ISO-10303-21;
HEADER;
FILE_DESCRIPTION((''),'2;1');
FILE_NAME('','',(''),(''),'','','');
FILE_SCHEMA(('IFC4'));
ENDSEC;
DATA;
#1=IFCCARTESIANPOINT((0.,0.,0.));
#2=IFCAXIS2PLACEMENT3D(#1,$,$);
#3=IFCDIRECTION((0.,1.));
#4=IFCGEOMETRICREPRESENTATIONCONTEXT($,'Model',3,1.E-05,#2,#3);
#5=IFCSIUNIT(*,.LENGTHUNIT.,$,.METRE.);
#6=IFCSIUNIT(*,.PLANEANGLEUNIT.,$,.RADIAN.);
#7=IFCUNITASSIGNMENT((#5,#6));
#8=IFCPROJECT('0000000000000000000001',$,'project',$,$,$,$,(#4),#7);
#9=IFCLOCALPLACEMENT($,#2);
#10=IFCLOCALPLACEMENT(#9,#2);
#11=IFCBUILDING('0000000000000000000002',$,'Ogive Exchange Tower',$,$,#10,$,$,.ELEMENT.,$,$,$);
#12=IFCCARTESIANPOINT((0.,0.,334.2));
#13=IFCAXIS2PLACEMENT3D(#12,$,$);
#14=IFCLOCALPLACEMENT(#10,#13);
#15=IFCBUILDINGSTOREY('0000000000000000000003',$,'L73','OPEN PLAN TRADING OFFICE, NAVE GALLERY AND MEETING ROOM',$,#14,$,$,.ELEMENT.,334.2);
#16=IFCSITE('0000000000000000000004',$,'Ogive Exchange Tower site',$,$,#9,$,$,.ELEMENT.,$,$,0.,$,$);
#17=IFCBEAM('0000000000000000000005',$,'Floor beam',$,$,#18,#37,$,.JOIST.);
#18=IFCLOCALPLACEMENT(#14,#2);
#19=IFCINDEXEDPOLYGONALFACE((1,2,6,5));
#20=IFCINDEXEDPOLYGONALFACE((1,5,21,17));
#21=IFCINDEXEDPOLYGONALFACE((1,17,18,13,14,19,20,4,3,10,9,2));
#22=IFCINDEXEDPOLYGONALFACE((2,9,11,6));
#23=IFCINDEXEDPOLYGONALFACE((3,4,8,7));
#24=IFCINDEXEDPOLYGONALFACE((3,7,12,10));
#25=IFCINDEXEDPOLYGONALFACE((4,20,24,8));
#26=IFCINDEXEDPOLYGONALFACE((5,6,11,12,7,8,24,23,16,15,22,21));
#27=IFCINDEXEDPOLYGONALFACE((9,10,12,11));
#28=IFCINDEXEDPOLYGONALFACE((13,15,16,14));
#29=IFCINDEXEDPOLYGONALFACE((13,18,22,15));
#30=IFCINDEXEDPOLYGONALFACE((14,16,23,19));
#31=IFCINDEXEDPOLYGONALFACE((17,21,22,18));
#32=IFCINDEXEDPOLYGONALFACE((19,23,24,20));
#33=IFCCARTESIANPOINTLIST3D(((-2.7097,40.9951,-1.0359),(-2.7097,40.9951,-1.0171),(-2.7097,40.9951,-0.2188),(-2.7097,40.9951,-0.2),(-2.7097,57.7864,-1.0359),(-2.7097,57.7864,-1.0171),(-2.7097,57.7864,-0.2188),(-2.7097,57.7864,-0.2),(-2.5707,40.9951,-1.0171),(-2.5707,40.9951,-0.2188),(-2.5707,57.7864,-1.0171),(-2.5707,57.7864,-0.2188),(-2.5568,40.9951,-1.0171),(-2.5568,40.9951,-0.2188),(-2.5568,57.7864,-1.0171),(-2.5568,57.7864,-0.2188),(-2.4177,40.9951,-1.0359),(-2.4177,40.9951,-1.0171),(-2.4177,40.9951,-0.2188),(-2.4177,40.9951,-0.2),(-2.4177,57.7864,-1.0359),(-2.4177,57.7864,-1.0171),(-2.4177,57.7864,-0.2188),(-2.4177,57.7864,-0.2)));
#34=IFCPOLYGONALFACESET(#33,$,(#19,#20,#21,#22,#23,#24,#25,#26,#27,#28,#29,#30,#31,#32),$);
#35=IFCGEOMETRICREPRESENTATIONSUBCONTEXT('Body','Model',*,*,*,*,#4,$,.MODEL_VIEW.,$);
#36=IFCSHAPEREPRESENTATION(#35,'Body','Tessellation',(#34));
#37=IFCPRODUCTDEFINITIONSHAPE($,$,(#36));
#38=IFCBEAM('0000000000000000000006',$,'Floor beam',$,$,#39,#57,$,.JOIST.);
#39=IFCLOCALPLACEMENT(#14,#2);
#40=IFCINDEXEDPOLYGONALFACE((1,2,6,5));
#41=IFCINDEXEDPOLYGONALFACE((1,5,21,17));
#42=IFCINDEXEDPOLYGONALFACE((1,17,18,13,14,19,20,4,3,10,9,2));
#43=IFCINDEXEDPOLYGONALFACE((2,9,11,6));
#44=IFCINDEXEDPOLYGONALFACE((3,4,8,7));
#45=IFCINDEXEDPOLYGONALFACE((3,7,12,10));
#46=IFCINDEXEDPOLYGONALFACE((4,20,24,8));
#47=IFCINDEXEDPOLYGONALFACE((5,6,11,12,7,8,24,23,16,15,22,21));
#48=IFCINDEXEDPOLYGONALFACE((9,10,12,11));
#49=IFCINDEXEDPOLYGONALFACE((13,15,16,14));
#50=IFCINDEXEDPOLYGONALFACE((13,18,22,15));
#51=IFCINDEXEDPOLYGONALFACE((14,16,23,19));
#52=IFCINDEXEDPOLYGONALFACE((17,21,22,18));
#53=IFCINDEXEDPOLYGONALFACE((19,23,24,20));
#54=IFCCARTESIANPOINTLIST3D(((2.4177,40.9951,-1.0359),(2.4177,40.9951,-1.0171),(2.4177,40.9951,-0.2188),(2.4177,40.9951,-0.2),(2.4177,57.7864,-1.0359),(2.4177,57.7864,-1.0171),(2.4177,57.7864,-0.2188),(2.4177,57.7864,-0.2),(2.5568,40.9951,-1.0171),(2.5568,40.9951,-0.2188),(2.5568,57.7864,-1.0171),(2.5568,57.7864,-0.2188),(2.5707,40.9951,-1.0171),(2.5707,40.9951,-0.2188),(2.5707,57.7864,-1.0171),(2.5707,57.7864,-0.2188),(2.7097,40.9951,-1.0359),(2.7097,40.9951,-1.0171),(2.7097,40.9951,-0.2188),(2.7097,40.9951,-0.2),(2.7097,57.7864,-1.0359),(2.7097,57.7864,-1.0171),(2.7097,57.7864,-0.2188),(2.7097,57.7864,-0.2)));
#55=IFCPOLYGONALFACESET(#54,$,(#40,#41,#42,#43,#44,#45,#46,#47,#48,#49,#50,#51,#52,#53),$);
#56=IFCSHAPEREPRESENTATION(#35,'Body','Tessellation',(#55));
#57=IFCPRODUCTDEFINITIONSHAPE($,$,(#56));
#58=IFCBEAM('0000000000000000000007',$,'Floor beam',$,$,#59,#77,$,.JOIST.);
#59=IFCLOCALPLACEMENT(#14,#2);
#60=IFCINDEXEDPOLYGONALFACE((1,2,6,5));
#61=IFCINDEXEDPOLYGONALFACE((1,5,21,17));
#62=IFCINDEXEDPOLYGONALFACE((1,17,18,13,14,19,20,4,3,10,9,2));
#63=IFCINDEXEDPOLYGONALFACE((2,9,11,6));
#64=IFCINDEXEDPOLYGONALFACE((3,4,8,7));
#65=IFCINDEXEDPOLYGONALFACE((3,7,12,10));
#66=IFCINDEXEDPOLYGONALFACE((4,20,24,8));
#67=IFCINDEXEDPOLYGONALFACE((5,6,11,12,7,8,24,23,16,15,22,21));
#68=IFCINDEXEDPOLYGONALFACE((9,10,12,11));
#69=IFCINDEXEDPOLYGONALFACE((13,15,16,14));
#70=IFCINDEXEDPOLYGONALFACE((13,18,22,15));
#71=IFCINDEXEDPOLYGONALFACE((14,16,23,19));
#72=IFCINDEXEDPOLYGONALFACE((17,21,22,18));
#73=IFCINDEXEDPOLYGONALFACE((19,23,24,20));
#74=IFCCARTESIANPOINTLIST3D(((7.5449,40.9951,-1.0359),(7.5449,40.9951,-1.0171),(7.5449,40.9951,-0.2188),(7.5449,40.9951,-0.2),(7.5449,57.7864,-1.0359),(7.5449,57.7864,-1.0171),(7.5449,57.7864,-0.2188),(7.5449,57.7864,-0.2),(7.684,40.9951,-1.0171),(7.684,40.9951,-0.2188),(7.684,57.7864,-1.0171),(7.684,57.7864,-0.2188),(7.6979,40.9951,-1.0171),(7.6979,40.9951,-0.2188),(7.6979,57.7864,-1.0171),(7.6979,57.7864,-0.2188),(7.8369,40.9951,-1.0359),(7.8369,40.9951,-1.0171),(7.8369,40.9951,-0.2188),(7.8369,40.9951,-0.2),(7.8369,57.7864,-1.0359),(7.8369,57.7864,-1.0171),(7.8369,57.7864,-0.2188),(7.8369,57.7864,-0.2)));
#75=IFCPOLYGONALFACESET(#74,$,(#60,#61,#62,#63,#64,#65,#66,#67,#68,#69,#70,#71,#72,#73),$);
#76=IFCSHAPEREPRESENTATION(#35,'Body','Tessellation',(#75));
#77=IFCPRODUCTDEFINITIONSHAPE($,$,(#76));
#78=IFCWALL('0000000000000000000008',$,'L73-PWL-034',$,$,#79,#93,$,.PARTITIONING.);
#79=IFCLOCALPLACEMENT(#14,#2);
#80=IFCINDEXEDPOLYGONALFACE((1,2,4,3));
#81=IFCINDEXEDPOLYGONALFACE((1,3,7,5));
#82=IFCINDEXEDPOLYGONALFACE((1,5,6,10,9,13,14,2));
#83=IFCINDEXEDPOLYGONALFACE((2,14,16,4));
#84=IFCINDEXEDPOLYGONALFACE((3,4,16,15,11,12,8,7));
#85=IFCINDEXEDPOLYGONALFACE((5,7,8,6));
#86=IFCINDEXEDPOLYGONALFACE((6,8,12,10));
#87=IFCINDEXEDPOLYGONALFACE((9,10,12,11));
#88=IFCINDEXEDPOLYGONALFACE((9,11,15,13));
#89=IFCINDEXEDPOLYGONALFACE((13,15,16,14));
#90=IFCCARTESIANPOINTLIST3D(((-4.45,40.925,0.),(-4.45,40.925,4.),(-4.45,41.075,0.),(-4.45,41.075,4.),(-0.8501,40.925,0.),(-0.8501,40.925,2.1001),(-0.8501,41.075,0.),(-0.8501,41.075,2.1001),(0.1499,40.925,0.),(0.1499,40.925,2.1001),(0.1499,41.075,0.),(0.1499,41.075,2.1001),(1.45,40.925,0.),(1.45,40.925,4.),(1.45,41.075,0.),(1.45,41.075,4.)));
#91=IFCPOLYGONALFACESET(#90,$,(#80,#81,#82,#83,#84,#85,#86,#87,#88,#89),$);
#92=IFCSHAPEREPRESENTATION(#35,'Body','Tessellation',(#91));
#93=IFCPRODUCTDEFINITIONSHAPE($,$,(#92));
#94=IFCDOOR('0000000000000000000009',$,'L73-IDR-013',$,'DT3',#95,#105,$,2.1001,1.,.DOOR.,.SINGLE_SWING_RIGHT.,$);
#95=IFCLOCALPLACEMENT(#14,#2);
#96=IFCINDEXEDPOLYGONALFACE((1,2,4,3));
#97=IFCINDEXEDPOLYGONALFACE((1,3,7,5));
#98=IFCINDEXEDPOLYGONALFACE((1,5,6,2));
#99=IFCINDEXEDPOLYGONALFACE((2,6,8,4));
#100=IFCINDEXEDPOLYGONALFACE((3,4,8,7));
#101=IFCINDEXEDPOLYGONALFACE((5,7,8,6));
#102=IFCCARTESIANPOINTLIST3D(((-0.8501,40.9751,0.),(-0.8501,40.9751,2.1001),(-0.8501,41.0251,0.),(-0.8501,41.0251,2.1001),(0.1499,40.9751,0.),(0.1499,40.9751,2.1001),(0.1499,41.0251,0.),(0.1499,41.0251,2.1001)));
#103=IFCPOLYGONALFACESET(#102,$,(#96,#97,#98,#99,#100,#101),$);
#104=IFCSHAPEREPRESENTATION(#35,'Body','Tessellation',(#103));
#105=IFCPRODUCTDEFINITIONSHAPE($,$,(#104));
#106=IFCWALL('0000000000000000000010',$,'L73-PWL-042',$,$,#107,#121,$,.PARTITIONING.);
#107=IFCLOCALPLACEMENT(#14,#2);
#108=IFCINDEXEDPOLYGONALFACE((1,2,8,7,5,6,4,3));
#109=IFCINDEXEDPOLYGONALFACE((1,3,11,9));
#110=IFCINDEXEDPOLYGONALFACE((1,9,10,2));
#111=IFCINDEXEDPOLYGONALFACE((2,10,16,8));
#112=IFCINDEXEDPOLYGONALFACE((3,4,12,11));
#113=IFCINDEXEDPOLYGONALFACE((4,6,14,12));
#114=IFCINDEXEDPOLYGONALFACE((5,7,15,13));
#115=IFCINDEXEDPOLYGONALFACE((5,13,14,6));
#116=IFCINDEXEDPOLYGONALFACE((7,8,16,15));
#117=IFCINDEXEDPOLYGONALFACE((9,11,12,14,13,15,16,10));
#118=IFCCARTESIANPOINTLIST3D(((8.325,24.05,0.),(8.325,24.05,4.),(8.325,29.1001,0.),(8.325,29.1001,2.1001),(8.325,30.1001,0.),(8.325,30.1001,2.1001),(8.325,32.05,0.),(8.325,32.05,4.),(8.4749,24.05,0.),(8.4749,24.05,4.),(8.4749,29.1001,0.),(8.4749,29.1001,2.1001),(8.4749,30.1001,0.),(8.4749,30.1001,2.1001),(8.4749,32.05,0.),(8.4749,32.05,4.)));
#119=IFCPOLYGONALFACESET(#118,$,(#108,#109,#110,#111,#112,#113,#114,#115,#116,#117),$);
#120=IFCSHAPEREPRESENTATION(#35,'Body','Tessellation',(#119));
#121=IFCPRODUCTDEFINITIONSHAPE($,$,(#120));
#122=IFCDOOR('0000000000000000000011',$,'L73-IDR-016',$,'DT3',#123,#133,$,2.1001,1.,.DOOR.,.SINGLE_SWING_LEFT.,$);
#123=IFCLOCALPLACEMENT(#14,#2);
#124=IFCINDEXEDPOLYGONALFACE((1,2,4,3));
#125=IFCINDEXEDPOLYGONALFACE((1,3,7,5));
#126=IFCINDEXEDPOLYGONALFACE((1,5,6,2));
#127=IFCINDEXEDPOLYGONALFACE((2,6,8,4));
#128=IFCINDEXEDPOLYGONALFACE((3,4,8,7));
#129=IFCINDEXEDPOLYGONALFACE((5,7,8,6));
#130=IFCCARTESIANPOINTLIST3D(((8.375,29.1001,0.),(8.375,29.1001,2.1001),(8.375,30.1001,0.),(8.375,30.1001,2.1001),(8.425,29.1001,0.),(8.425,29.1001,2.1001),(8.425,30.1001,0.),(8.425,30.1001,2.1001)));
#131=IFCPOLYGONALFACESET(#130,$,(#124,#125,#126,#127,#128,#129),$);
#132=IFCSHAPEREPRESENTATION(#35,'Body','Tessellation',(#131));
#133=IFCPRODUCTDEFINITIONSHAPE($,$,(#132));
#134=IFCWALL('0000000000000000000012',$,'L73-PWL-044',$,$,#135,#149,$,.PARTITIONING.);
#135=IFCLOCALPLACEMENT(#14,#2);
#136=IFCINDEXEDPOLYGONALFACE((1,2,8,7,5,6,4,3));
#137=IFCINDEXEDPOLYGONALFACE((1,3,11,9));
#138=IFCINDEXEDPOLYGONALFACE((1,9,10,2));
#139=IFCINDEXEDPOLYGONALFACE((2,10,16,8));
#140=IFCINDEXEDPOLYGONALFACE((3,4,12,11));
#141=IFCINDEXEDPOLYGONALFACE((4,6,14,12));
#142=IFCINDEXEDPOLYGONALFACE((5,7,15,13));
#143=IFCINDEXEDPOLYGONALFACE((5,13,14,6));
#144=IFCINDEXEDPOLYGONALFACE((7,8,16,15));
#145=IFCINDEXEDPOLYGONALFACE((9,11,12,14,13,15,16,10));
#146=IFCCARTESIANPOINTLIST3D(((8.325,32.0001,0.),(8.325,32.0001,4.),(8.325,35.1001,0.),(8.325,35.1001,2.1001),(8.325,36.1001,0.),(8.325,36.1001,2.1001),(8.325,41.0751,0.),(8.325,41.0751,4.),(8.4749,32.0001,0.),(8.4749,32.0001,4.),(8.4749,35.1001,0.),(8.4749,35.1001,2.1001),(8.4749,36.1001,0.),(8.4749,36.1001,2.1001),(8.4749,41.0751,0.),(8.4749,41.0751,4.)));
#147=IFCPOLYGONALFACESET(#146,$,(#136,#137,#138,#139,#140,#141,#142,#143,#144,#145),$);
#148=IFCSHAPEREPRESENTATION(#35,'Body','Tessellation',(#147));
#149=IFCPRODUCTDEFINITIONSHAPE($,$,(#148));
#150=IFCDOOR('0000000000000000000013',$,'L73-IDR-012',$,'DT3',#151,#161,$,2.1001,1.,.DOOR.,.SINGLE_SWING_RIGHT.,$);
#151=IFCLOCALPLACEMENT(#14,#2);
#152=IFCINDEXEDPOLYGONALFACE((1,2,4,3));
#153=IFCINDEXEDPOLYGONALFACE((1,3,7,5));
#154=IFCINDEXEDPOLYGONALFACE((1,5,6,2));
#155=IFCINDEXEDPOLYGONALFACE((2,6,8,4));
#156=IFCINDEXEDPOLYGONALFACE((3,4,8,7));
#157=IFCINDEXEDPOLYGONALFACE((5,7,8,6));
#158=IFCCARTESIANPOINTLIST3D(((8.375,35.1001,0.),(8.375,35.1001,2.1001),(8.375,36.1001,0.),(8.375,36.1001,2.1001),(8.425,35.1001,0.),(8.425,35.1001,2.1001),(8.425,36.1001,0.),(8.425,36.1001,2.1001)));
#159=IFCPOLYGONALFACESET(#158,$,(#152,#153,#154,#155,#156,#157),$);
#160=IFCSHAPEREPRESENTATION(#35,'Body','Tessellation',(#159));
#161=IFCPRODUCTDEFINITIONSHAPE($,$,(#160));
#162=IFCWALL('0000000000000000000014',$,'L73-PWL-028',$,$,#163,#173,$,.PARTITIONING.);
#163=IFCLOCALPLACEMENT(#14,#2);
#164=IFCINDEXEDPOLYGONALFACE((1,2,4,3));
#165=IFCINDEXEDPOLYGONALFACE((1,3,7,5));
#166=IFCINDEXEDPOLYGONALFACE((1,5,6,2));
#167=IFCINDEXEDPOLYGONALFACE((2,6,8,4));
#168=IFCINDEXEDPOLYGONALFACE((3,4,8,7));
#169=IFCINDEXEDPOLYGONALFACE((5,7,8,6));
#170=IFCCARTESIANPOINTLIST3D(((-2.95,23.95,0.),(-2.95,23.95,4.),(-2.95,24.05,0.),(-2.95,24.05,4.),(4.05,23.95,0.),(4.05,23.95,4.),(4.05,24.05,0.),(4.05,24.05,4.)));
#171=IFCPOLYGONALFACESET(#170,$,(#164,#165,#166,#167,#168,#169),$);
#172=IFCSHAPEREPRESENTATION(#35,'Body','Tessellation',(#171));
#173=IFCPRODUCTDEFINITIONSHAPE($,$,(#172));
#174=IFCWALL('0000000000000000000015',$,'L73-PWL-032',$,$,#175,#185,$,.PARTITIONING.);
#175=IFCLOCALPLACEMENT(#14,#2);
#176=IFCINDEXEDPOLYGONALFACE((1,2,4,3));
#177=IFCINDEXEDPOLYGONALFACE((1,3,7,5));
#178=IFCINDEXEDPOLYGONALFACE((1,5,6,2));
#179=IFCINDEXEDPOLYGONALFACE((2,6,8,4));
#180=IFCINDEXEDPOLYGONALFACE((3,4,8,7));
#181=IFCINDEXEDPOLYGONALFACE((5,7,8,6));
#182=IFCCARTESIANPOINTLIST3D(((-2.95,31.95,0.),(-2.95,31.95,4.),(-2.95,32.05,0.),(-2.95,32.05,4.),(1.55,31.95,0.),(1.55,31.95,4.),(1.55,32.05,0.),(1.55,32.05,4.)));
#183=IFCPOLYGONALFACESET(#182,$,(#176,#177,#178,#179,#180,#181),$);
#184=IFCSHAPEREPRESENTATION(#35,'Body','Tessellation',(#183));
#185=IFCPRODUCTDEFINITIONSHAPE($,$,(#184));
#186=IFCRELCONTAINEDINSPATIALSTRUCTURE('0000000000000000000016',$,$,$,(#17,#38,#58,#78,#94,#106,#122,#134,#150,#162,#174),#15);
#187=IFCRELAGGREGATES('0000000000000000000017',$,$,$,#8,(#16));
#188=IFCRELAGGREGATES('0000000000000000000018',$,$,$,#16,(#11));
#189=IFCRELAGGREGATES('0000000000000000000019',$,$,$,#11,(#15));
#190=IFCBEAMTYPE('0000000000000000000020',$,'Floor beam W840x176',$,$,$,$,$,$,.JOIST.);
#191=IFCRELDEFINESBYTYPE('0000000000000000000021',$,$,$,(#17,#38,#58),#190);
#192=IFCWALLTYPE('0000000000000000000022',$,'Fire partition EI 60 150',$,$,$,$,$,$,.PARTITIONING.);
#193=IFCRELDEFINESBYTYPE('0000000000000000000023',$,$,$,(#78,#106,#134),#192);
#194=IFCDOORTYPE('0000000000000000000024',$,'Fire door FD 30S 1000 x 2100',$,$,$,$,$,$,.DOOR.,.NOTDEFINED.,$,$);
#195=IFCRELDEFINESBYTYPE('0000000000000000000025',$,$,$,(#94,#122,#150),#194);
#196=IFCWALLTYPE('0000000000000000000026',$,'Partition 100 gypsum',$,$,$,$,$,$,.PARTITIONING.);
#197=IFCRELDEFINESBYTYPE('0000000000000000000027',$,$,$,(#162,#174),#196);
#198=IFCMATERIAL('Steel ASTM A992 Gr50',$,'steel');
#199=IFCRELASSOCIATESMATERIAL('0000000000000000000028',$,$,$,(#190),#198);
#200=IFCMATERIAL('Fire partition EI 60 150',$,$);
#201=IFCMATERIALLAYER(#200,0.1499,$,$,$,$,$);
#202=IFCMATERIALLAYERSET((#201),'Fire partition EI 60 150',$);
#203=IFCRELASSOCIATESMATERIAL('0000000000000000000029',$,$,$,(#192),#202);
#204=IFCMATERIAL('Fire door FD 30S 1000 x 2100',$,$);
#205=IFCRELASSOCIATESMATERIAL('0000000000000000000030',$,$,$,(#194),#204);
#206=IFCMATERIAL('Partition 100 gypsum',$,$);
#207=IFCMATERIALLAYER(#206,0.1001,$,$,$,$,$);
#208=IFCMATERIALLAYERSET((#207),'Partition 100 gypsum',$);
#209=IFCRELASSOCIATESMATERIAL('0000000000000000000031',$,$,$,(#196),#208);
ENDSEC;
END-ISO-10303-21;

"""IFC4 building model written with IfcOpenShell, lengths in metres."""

from ifc_helpers import new_model, si_unit, direction, frame, frame_2d, origin, origin_2d, place, context, subcontext, project, spatial, rectangle, i_section, extrude, material, layer, layer_set, material_profile, profile_set, type_object, element, fill, save


model = new_model("IFC4")

# Units and contexts
model_context = context("Model", 3, precision=1e-05, world=origin(), true_north=direction((0.0, 1.0)))
body_context = subcontext(model_context, "Body", "Model", "MODEL_VIEW")
ifc_project = project(units=[si_unit("LENGTHUNIT", "METRE"), si_unit("PLANEANGLEUNIT", "RADIAN")], contexts=[model_context])

# Site, building, storey
site_placement = place(None, origin())
site = spatial("IfcSite", under=ifc_project, at=site_placement, Name="Ogive Exchange Tower site", CompositionType="ELEMENT", RefElevation=0.0)
building_placement = place(site_placement, origin())
building = spatial("IfcBuilding", under=site, at=building_placement, Name="Ogive Exchange Tower", CompositionType="ELEMENT")
storey_placement = place(building_placement, frame((0.0, 0.0, 334.2)))
storey = spatial("IfcBuildingStorey", under=building, at=storey_placement, Name="L73", Description="OPEN PLAN TRADING OFFICE, NAVE GALLERY AND MEETING ROOM", CompositionType="ELEMENT", Elevation=334.2)

# Beams
ifc_material_1 = material(Name="Steel ASTM A992 Gr50", Category="steel")
ifc_material_profile = material_profile(ifc_material_1, i_section(OverallWidth=0.292, OverallDepth=0.8359, WebThickness=0.0139, FlangeThickness=0.0188, at=origin_2d()), Name="W840x176")
ifc_profile_set = profile_set([ifc_material_profile], Name="Steel ASTM A992 Gr50")
beam_type = type_object("IfcBeamType", Name="Floor beam W840x176", PredefinedType="JOIST", material=ifc_profile_set)
for number, where, z_axis, x_axis, name in (
    (1, (-2.5637, 40.9951, -0.6179), (0.0, 1.0, 0.0), (-1.0, 0.0, 0.0), "Floor beam"),
    (2, (2.5637, 40.9951, -0.6179), (0.0, 1.0, 0.0), (-1.0, 0.0, 0.0), "Floor beam"),
    (3, (7.6909, 40.9951, -0.6179), (0.0, 1.0, 0.0), (-1.0, 0.0, 0.0), "Floor beam"),
):
    element("IfcBeam", number, at=place(storey_placement, frame(where, z_axis=z_axis, x_axis=x_axis)), inside=storey, type_object=beam_type, Name=name, PredefinedType="JOIST", context=body_context, shape_type="SweptSolid", body=[
        extrude(i_section(OverallWidth=0.292, OverallDepth=0.8359, WebThickness=0.0139, FlangeThickness=0.0188, at=origin_2d()), origin(), (0.0, 0.0, 1.0), 16.7913),
    ])

# Walls, openings, doors
ifc_material_2 = material(Name="Fire partition EI 60 150")
ifc_layer_1 = layer(ifc_material_2, 0.1499)
ifc_layer_set_1 = layer_set([ifc_layer_1], Name="Fire partition EI 60 150")
wall_type_1 = type_object("IfcWallType", Name="Fire partition EI 60 150", PredefinedType="PARTITIONING", material=ifc_layer_set_1)
wall_1_placement = place(storey_placement, frame((1.45, 41.0, 0.0), z_axis=(0.0, 0.0, 1.0), x_axis=(-1.0, 0.0, 0.0)))
wall_1 = element("IfcWall", 4, at=wall_1_placement, inside=storey, type_object=wall_type_1, Name="L73-PWL-034", PredefinedType="PARTITIONING", context=body_context, shape_type="SweptSolid", body=[
    extrude(rectangle(XDim=5.8999, YDim=0.1499, at=frame_2d((2.95, 0.0))), origin(), (0.0, 0.0, 1.0), 4.0),
])
opening_1_placement = place(wall_1_placement, frame((1.3, 0.0, 0.0)))
opening_1 = element("IfcOpeningElement", 5, at=opening_1_placement, cuts=wall_1, PredefinedType="OPENING", context=body_context, shape_type="SweptSolid", body=[
    extrude(rectangle(XDim=1.0, YDim=2.1001, at=frame_2d((0.5, 1.05))), frame((0.0, 0.085, 0.0), z_axis=(0.0, -1.0, 0.0), x_axis=(1.0, 0.0, 0.0)), (0.0, 0.0, 1.0), 0.1699),
])
ifc_material_3 = material(Name="Fire door FD 30S 1000 x 2100")
door_type_1 = type_object("IfcDoorType", Name="Fire door FD 30S 1000 x 2100", OperationType="NOTDEFINED", PredefinedType="DOOR", material=ifc_material_3)
door_1_placement = place(opening_1_placement, origin())
door_1 = element("IfcDoor", 6, at=door_1_placement, inside=storey, type_object=door_type_1, Name="L73-IDR-013", ObjectType="DT3", OperationType="SINGLE_SWING_RIGHT", OverallHeight=2.1001, OverallWidth=1.0, PredefinedType="DOOR", context=body_context, shape_type="SweptSolid", body=[
    extrude(rectangle(XDim=1.0, YDim=2.1001, at=frame_2d((0.5, 1.05))), frame((0.0, 0.0249, 0.0), z_axis=(0.0, -1.0, 0.0), x_axis=(1.0, 0.0, 0.0)), (0.0, 0.0, 1.0), 0.05),
])
fill(opening_1, door_1)
wall_2_placement = place(storey_placement, frame((8.3999, 24.05, 0.0), z_axis=(0.0, 0.0, 1.0), x_axis=(0.0, 1.0, 0.0)))
wall_2 = element("IfcWall", 7, at=wall_2_placement, inside=storey, type_object=wall_type_1, Name="L73-PWL-042", PredefinedType="PARTITIONING", context=body_context, shape_type="SweptSolid", body=[
    extrude(rectangle(XDim=8.0, YDim=0.1499, at=frame_2d((4.0, 0.0))), origin(), (0.0, 0.0, 1.0), 4.0),
])
opening_2_placement = place(wall_2_placement, frame((5.05, 0.0, 0.0)))
opening_2 = element("IfcOpeningElement", 8, at=opening_2_placement, cuts=wall_2, PredefinedType="OPENING", context=body_context, shape_type="SweptSolid", body=[
    extrude(rectangle(XDim=1.0, YDim=2.1001, at=frame_2d((0.5, 1.05))), frame((0.0, 0.085, 0.0), z_axis=(0.0, -1.0, 0.0), x_axis=(1.0, 0.0, 0.0)), (0.0, 0.0, 1.0), 0.1699),
])
door_2_placement = place(opening_2_placement, origin())
door_2 = element("IfcDoor", 9, at=door_2_placement, inside=storey, type_object=door_type_1, Name="L73-IDR-016", ObjectType="DT3", OperationType="SINGLE_SWING_LEFT", OverallHeight=2.1001, OverallWidth=1.0, PredefinedType="DOOR", context=body_context, shape_type="SweptSolid", body=[
    extrude(rectangle(XDim=1.0, YDim=2.1001, at=frame_2d((0.5, 1.05))), frame((0.0, 0.0249, 0.0), z_axis=(0.0, -1.0, 0.0), x_axis=(1.0, 0.0, 0.0)), (0.0, 0.0, 1.0), 0.05),
])
fill(opening_2, door_2)
wall_3_placement = place(storey_placement, frame((8.3999, 32.0, 0.0), z_axis=(0.0, 0.0, 1.0), x_axis=(0.0, 1.0, 0.0)))
wall_3 = element("IfcWall", 10, at=wall_3_placement, inside=storey, type_object=wall_type_1, Name="L73-PWL-044", PredefinedType="PARTITIONING", context=body_context, shape_type="SweptSolid", body=[
    extrude(rectangle(XDim=9.075, YDim=0.1499, at=frame_2d((4.5376, 0.0))), origin(), (0.0, 0.0, 1.0), 4.0),
])
opening_3_placement = place(wall_3_placement, frame((3.1001, 0.0, 0.0)))
opening_3 = element("IfcOpeningElement", 11, at=opening_3_placement, cuts=wall_3, PredefinedType="OPENING", context=body_context, shape_type="SweptSolid", body=[
    extrude(rectangle(XDim=1.0, YDim=2.1001, at=frame_2d((0.5, 1.05))), frame((0.0, 0.085, 0.0), z_axis=(0.0, -1.0, 0.0), x_axis=(1.0, 0.0, 0.0)), (0.0, 0.0, 1.0), 0.1699),
])
door_3_placement = place(opening_3_placement, origin())
door_3 = element("IfcDoor", 12, at=door_3_placement, inside=storey, type_object=door_type_1, Name="L73-IDR-012", ObjectType="DT3", OperationType="SINGLE_SWING_RIGHT", OverallHeight=2.1001, OverallWidth=1.0, PredefinedType="DOOR", context=body_context, shape_type="SweptSolid", body=[
    extrude(rectangle(XDim=1.0, YDim=2.1001, at=frame_2d((0.5, 1.05))), frame((0.0, 0.0249, 0.0), z_axis=(0.0, -1.0, 0.0), x_axis=(1.0, 0.0, 0.0)), (0.0, 0.0, 1.0), 0.05),
])
fill(opening_3, door_3)

# Walls
ifc_material_4 = material(Name="Partition 100 gypsum")
ifc_layer_2 = layer(ifc_material_4, 0.1001)
ifc_layer_set_2 = layer_set([ifc_layer_2], Name="Partition 100 gypsum")
wall_type_2 = type_object("IfcWallType", Name="Partition 100 gypsum", PredefinedType="PARTITIONING", material=ifc_layer_set_2)
wall_4_placement = place(storey_placement, frame((-2.95, 24.0, 0.0), z_axis=(0.0, 0.0, 1.0), x_axis=(1.0, 0.0, 0.0)))
element("IfcWall", 13, at=wall_4_placement, inside=storey, type_object=wall_type_2, Name="L73-PWL-028", PredefinedType="PARTITIONING", context=body_context, shape_type="SweptSolid", body=[
    extrude(rectangle(XDim=7.0, YDim=0.1001, at=frame_2d((3.5, 0.0))), origin(), (0.0, 0.0, 1.0), 4.0),
])
wall_5_placement = place(storey_placement, frame((1.55, 32.0, 0.0), z_axis=(0.0, 0.0, 1.0), x_axis=(-1.0, 0.0, 0.0)))
element("IfcWall", 14, at=wall_5_placement, inside=storey, type_object=wall_type_2, Name="L73-PWL-032", PredefinedType="PARTITIONING", context=body_context, shape_type="SweptSolid", body=[
    extrude(rectangle(XDim=4.5, YDim=0.1001, at=frame_2d((2.25, 0.0))), origin(), (0.0, 0.0, 1.0), 4.0),
])

save(model, "model.ifc")
